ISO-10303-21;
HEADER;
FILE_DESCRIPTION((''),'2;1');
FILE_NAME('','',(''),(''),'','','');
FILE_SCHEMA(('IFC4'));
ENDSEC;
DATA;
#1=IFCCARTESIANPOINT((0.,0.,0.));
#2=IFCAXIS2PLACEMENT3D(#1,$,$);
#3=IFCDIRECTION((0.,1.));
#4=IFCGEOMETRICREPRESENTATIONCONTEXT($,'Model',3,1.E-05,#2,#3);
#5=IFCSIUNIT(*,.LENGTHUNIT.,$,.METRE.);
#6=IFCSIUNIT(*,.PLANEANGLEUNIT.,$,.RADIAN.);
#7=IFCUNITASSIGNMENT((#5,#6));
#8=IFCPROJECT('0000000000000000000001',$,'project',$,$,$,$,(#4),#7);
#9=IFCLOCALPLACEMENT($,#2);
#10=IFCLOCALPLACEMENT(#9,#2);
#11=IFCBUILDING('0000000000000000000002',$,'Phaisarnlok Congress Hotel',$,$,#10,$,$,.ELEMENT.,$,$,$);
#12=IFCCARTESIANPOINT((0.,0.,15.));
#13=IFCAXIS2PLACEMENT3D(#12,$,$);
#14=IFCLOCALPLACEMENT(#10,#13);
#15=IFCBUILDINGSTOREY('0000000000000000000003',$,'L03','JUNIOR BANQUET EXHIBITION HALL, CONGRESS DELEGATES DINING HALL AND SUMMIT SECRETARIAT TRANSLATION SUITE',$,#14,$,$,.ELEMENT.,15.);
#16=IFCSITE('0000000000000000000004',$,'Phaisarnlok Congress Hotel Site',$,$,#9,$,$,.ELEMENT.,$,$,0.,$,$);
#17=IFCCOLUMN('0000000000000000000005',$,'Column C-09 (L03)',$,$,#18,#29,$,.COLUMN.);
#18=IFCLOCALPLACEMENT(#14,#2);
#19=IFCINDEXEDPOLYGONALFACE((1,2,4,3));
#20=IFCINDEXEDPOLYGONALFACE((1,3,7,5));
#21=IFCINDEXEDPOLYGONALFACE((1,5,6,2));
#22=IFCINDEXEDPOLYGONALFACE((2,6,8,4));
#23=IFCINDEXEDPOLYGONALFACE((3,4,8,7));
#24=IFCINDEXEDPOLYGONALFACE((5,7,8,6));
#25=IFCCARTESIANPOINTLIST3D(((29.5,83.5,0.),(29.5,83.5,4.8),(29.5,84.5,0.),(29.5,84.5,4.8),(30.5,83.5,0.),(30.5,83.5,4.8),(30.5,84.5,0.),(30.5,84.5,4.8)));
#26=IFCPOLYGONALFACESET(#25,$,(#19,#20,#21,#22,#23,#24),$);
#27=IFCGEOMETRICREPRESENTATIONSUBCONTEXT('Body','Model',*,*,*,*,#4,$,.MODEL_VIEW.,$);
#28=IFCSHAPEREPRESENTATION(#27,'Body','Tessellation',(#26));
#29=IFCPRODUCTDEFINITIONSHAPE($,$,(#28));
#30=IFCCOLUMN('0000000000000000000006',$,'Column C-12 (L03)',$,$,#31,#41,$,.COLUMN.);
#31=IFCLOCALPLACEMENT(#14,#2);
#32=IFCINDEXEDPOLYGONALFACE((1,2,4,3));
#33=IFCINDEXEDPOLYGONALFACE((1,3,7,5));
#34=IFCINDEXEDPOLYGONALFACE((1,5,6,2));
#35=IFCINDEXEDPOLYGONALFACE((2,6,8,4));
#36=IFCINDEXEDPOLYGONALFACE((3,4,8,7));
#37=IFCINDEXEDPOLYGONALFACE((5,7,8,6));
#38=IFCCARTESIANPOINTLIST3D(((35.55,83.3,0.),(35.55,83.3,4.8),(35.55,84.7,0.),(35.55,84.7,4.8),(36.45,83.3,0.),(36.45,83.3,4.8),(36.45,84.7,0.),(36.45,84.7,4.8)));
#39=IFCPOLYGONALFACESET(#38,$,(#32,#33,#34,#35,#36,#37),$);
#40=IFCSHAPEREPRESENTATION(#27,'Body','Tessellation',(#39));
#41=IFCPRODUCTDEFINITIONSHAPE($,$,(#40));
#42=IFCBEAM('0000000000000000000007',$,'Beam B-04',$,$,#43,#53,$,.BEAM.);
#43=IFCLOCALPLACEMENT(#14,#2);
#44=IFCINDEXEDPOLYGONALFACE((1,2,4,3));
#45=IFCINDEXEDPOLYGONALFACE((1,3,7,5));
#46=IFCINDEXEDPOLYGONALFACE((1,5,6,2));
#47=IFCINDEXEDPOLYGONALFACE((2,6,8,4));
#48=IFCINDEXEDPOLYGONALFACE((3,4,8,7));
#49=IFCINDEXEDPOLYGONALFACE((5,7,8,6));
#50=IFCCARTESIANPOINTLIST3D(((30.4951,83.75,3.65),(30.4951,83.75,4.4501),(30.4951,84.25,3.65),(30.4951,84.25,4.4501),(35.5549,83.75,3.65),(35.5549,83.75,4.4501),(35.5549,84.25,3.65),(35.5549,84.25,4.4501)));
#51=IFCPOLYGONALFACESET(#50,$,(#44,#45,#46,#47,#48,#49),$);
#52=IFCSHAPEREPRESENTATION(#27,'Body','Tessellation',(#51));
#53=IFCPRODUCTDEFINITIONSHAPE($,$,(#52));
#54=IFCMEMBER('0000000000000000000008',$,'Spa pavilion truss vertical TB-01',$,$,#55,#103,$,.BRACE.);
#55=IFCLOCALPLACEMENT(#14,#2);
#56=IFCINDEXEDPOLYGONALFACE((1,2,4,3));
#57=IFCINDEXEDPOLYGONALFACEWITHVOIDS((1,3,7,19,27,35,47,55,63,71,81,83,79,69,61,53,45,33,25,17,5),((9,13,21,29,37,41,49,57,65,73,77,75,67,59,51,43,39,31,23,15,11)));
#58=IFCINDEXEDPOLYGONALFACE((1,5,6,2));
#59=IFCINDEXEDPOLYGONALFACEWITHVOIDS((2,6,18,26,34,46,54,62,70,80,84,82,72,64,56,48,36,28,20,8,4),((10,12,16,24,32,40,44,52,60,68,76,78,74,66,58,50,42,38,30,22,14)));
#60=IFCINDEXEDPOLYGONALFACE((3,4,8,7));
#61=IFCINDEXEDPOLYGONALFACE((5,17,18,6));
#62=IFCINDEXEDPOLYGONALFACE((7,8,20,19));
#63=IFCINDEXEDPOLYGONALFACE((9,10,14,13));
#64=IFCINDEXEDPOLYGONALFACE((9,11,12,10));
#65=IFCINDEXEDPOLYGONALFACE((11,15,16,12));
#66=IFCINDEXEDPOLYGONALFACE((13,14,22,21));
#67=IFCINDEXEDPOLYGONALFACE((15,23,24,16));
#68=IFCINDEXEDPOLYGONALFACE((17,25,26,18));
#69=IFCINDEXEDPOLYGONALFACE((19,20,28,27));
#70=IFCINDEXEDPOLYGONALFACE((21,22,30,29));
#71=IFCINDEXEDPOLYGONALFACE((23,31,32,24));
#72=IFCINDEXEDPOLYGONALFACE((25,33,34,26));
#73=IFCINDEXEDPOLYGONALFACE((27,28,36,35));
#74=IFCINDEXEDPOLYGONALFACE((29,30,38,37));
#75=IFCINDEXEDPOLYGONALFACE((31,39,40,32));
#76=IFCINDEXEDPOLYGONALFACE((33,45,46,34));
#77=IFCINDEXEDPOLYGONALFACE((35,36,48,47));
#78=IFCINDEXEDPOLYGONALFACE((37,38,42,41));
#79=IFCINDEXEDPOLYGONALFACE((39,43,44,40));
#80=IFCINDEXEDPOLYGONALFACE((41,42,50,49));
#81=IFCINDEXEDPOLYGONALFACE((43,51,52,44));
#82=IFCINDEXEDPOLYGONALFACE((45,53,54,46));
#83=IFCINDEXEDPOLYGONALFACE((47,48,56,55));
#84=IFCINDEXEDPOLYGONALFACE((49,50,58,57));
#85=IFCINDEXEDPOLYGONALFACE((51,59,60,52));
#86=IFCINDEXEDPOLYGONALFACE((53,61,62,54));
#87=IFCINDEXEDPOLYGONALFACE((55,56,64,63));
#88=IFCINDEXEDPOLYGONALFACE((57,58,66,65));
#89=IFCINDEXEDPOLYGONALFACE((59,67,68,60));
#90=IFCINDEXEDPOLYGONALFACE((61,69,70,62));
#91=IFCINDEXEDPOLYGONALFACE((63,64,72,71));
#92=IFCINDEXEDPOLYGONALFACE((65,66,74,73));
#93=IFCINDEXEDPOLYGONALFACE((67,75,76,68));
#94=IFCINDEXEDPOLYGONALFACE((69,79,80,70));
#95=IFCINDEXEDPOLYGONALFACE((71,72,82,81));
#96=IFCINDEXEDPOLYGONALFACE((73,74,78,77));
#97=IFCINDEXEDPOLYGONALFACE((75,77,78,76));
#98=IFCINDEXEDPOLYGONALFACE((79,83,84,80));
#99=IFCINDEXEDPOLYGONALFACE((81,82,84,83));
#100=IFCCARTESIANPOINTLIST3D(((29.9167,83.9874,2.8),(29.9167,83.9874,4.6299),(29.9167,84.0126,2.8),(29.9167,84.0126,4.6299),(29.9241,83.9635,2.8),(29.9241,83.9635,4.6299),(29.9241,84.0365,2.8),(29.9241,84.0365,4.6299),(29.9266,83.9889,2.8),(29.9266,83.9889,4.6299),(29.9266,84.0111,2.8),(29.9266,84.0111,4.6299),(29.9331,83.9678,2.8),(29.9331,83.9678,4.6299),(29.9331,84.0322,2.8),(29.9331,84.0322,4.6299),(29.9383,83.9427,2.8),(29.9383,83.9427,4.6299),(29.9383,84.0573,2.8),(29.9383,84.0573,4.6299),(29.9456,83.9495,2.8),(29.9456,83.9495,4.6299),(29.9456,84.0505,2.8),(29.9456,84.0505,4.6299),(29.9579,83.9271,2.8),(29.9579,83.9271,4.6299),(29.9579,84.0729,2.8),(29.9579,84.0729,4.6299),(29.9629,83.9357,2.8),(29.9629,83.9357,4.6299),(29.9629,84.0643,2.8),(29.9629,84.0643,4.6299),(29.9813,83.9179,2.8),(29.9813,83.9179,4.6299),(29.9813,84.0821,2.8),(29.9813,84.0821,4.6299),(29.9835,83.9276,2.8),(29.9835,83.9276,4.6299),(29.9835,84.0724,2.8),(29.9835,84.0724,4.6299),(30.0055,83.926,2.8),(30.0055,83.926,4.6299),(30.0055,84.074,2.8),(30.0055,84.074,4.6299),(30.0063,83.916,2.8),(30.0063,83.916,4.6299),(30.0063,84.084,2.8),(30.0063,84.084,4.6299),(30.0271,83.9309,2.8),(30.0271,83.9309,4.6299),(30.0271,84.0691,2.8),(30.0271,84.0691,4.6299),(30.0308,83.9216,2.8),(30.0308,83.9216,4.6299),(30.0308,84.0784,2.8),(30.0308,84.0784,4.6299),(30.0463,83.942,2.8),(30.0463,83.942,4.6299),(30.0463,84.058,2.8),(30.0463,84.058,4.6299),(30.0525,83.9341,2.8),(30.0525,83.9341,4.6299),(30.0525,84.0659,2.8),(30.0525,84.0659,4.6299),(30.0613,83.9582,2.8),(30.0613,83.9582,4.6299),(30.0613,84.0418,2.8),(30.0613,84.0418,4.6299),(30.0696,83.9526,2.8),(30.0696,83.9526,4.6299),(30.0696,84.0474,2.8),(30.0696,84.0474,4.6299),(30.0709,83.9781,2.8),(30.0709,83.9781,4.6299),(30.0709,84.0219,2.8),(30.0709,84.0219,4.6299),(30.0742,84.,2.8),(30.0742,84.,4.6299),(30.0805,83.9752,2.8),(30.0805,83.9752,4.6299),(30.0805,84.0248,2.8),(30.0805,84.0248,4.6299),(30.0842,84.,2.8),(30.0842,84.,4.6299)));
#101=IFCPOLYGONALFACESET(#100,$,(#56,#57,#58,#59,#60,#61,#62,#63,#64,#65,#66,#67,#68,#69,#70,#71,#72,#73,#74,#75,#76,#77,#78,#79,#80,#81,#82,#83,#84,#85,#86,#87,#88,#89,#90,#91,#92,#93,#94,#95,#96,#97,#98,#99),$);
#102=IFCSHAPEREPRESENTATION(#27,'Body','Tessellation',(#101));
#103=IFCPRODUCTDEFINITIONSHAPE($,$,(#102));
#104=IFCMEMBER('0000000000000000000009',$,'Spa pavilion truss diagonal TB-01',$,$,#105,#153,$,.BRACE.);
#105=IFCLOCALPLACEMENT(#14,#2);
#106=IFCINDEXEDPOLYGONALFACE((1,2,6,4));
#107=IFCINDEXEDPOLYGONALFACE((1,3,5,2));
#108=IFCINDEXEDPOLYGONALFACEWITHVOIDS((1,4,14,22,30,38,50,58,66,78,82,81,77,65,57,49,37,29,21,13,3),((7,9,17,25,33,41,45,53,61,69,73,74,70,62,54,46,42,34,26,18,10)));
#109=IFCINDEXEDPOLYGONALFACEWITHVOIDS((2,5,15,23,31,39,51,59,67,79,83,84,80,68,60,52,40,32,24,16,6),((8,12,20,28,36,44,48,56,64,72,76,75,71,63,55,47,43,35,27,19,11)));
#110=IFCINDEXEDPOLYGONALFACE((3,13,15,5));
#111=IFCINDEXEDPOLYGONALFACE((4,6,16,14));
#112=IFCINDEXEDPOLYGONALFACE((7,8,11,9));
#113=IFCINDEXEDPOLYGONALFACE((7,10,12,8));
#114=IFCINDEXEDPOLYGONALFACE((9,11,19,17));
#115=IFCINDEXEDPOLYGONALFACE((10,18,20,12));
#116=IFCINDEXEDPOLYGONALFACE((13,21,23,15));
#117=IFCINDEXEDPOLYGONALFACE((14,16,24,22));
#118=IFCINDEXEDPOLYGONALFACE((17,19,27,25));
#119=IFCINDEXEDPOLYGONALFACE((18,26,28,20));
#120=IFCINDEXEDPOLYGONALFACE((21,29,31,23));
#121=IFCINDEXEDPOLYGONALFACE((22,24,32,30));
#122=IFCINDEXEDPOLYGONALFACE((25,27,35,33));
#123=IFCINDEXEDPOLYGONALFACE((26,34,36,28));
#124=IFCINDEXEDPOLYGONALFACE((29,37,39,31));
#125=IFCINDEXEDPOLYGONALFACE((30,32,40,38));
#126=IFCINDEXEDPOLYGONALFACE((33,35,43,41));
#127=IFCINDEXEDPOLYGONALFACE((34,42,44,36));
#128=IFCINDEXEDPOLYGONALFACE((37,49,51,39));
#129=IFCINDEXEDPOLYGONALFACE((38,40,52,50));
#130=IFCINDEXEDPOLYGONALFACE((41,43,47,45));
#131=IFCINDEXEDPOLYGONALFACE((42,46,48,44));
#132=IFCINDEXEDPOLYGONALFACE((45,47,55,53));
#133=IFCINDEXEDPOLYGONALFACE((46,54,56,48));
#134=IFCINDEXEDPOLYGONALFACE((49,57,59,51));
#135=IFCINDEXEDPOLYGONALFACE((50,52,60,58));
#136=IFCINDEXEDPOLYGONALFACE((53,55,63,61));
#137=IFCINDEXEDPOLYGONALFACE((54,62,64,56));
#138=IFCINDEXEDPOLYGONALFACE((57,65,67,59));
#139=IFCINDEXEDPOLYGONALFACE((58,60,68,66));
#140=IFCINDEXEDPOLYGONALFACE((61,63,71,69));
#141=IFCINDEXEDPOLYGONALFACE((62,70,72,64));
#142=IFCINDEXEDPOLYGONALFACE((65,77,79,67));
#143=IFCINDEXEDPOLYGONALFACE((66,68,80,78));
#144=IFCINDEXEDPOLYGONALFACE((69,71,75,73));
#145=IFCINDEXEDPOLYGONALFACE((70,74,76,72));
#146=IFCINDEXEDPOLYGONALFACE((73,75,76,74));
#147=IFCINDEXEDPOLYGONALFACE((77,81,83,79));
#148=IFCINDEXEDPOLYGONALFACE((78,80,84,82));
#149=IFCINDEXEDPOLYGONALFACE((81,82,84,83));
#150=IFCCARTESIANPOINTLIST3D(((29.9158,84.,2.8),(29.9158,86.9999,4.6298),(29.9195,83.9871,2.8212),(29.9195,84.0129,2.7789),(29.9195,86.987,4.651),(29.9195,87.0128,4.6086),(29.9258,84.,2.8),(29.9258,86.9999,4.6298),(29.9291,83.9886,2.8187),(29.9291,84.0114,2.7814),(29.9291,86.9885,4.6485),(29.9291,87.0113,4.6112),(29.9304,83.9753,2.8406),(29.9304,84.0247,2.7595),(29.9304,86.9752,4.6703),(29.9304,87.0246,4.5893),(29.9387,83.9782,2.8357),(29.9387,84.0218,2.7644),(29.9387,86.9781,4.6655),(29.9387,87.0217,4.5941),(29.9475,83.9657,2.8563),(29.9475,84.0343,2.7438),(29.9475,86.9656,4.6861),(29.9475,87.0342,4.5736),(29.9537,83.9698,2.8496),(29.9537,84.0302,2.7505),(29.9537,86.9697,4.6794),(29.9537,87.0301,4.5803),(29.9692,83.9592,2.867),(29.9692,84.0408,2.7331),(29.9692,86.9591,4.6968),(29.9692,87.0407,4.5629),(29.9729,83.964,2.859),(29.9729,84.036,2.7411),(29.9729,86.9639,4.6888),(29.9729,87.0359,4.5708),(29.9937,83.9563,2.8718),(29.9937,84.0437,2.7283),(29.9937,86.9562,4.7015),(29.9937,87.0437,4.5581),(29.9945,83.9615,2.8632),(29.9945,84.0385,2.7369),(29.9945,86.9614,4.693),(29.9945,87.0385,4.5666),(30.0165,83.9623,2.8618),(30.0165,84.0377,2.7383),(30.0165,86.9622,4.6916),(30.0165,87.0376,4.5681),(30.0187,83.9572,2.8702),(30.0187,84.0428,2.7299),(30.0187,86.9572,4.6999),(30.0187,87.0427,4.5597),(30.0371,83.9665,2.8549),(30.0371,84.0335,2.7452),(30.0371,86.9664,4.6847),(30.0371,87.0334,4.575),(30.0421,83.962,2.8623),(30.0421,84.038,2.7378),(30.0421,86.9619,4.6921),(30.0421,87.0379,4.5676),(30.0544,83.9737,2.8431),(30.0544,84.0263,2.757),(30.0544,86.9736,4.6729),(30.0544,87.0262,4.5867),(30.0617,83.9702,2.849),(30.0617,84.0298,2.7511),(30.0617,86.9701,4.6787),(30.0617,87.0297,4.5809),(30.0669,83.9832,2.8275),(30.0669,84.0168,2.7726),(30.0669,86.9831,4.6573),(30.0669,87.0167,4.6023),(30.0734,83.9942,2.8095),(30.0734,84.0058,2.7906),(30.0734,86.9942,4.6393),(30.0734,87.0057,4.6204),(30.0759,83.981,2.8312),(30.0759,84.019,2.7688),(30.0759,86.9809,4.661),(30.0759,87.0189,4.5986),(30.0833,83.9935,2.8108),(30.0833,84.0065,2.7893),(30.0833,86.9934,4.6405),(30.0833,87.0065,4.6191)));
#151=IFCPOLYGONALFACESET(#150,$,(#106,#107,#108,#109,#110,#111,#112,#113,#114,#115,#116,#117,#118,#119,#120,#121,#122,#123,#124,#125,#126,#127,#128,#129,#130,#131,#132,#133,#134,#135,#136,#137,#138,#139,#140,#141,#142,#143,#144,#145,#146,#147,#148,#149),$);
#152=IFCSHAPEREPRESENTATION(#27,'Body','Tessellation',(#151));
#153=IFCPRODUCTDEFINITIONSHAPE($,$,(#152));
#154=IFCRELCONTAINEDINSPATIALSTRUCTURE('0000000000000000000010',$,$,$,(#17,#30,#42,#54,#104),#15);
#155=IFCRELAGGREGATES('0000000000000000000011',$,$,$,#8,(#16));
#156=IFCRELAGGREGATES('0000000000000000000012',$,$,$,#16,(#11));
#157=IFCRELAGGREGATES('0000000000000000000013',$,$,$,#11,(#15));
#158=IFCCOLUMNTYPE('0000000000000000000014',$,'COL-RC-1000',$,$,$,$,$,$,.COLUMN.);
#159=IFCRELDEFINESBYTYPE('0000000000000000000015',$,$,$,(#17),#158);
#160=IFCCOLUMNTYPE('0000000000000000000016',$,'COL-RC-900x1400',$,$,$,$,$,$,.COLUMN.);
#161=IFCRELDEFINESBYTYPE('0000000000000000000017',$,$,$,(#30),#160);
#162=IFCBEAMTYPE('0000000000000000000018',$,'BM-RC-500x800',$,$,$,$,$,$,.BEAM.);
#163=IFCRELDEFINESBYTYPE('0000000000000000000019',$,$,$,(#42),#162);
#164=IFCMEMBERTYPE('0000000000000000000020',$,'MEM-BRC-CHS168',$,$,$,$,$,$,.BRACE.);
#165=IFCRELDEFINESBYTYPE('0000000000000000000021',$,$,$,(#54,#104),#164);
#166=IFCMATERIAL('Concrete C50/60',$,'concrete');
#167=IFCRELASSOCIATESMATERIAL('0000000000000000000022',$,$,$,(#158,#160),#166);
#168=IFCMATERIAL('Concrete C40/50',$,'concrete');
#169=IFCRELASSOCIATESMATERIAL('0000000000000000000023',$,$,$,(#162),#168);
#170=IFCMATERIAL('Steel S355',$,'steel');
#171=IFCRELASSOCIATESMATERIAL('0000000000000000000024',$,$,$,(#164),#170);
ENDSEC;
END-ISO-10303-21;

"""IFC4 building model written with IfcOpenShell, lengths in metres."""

from ifc_helpers import new_model, si_unit, direction, frame, origin, origin_2d, place, context, subcontext, project, spatial, rectangle, hollow_circle, extrude, material, material_profile, profile_set, type_object, element, save


model = new_model("IFC4")

# Units and contexts
model_context = context("Model", 3, precision=1e-05, world=origin(), true_north=direction((0.0, 1.0)))
body_context = subcontext(model_context, "Body", "Model", "MODEL_VIEW")
ifc_project = project(units=[si_unit("LENGTHUNIT", "METRE"), si_unit("PLANEANGLEUNIT", "RADIAN")], contexts=[model_context])

# Site, building, storey
site_placement = place(None, origin())
site = spatial("IfcSite", under=ifc_project, at=site_placement, Name="Phaisarnlok Congress Hotel Site", CompositionType="ELEMENT", RefElevation=0.0)
building_placement = place(site_placement, origin())
building = spatial("IfcBuilding", under=site, at=building_placement, Name="Phaisarnlok Congress Hotel", CompositionType="ELEMENT")
storey_placement = place(building_placement, frame((0.0, 0.0, 15.0)))
storey = spatial("IfcBuildingStorey", under=building, at=storey_placement, Name="L03", Description="JUNIOR BANQUET EXHIBITION HALL, CONGRESS DELEGATES DINING HALL AND SUMMIT SECRETARIAT TRANSLATION SUITE", CompositionType="ELEMENT", Elevation=15.0)

# Columns
ifc_material_1 = material(Name="Concrete C50/60", Category="concrete")
ifc_material_profile_1 = material_profile(ifc_material_1, rectangle(XDim=1.0, YDim=1.0, at=origin_2d()), Name="RC 1000x1000")
ifc_profile_set_1 = profile_set([ifc_material_profile_1], Name="Concrete C50/60")
column_type_1 = type_object("IfcColumnType", Name="COL-RC-1000", PredefinedType="COLUMN", material=ifc_profile_set_1)
column_1_placement = place(storey_placement, frame((30.0, 84.0, 0.0), z_axis=(0.0, 0.0, 1.0), x_axis=(1.0, 0.0, 0.0)))
element("IfcColumn", 1, at=column_1_placement, inside=storey, type_object=column_type_1, Name="Column C-09 (L03)", PredefinedType="COLUMN", context=body_context, shape_type="SweptSolid", body=[
    extrude(rectangle(XDim=1.0, YDim=1.0, at=origin_2d()), origin(), (0.0, 0.0, 1.0), 4.8),
])
ifc_material_profile_2 = material_profile(ifc_material_1, rectangle(XDim=0.8999, YDim=1.3999, at=origin_2d()), Name="RC 900x1400")
ifc_profile_set_2 = profile_set([ifc_material_profile_2], Name="Concrete C50/60")
column_type_2 = type_object("IfcColumnType", Name="COL-RC-900x1400", PredefinedType="COLUMN", material=ifc_profile_set_2)
column_2_placement = place(storey_placement, frame((36.0, 84.0, 0.0), z_axis=(0.0, 0.0, 1.0), x_axis=(1.0, 0.0, 0.0)))
element("IfcColumn", 2, at=column_2_placement, inside=storey, type_object=column_type_2, Name="Column C-12 (L03)", PredefinedType="COLUMN", context=body_context, shape_type="SweptSolid", body=[
    extrude(rectangle(XDim=0.8999, YDim=1.3999, at=origin_2d()), origin(), (0.0, 0.0, 1.0), 4.8),
])

# Beam
ifc_material_2 = material(Name="Concrete C40/50", Category="concrete")
ifc_material_profile_3 = material_profile(ifc_material_2, rectangle(XDim=0.5, YDim=0.8, at=origin_2d()), Name="RC 500x800")
ifc_profile_set_3 = profile_set([ifc_material_profile_3], Name="Concrete C40/50")
beam_type = type_object("IfcBeamType", Name="BM-RC-500x800", PredefinedType="BEAM", material=ifc_profile_set_3)
beam_placement = place(storey_placement, frame((30.4951, 84.0, 4.05), z_axis=(1.0, 0.0, 0.0), x_axis=(0.0, 1.0, 0.0)))
element("IfcBeam", 3, at=beam_placement, inside=storey, type_object=beam_type, Name="Beam B-04", PredefinedType="BEAM", context=body_context, shape_type="SweptSolid", body=[
    extrude(rectangle(XDim=0.5, YDim=0.8, at=origin_2d()), origin(), (0.0, 0.0, 1.0), 5.0598),
])

# Members
ifc_material_3 = material(Name="Steel S355", Category="steel")
ifc_material_profile_4 = material_profile(ifc_material_3, hollow_circle(Radius=0.0842, WallThickness=0.01, at=origin_2d()), Name="CHS 168.3x10")
ifc_profile_set_4 = profile_set([ifc_material_profile_4], Name="Steel S355")
member_type_1 = type_object("IfcMemberType", Name="MEM-BRC-CHS168", PredefinedType="BRACE", material=ifc_profile_set_4)
member_1_placement = place(storey_placement, frame((30.0, 84.0, 2.8), z_axis=(0.0, 0.0, 1.0), x_axis=(1.0, 0.0, 0.0)))
element("IfcMember", 4, at=member_1_placement, inside=storey, type_object=member_type_1, Name="Spa pavilion truss vertical TB-01", PredefinedType="BRACE", context=body_context, shape_type="SweptSolid", body=[
    extrude(hollow_circle(Radius=0.0842, WallThickness=0.01, at=origin_2d()), origin(), (0.0, 0.0, 1.0), 1.8298),
])
for number, where, z_axis, x_axis, name in (
    (5, (30.0, 84.0, 2.8), (0.0, 0.853725, 0.520725), (-1.0, 0.0, 0.0), "Spa pavilion truss diagonal TB-01"),
):
    element("IfcMember", number, at=place(storey_placement, frame(where, z_axis=z_axis, x_axis=x_axis)), inside=storey, type_object=member_type_1, Name=name, PredefinedType="BRACE", context=body_context, shape_type="SweptSolid", body=[
        extrude(hollow_circle(Radius=0.0842, WallThickness=0.01, at=origin_2d()), origin(), (0.0, 0.0, 1.0), 3.5139),
    ])

save(model, "model.ifc")
